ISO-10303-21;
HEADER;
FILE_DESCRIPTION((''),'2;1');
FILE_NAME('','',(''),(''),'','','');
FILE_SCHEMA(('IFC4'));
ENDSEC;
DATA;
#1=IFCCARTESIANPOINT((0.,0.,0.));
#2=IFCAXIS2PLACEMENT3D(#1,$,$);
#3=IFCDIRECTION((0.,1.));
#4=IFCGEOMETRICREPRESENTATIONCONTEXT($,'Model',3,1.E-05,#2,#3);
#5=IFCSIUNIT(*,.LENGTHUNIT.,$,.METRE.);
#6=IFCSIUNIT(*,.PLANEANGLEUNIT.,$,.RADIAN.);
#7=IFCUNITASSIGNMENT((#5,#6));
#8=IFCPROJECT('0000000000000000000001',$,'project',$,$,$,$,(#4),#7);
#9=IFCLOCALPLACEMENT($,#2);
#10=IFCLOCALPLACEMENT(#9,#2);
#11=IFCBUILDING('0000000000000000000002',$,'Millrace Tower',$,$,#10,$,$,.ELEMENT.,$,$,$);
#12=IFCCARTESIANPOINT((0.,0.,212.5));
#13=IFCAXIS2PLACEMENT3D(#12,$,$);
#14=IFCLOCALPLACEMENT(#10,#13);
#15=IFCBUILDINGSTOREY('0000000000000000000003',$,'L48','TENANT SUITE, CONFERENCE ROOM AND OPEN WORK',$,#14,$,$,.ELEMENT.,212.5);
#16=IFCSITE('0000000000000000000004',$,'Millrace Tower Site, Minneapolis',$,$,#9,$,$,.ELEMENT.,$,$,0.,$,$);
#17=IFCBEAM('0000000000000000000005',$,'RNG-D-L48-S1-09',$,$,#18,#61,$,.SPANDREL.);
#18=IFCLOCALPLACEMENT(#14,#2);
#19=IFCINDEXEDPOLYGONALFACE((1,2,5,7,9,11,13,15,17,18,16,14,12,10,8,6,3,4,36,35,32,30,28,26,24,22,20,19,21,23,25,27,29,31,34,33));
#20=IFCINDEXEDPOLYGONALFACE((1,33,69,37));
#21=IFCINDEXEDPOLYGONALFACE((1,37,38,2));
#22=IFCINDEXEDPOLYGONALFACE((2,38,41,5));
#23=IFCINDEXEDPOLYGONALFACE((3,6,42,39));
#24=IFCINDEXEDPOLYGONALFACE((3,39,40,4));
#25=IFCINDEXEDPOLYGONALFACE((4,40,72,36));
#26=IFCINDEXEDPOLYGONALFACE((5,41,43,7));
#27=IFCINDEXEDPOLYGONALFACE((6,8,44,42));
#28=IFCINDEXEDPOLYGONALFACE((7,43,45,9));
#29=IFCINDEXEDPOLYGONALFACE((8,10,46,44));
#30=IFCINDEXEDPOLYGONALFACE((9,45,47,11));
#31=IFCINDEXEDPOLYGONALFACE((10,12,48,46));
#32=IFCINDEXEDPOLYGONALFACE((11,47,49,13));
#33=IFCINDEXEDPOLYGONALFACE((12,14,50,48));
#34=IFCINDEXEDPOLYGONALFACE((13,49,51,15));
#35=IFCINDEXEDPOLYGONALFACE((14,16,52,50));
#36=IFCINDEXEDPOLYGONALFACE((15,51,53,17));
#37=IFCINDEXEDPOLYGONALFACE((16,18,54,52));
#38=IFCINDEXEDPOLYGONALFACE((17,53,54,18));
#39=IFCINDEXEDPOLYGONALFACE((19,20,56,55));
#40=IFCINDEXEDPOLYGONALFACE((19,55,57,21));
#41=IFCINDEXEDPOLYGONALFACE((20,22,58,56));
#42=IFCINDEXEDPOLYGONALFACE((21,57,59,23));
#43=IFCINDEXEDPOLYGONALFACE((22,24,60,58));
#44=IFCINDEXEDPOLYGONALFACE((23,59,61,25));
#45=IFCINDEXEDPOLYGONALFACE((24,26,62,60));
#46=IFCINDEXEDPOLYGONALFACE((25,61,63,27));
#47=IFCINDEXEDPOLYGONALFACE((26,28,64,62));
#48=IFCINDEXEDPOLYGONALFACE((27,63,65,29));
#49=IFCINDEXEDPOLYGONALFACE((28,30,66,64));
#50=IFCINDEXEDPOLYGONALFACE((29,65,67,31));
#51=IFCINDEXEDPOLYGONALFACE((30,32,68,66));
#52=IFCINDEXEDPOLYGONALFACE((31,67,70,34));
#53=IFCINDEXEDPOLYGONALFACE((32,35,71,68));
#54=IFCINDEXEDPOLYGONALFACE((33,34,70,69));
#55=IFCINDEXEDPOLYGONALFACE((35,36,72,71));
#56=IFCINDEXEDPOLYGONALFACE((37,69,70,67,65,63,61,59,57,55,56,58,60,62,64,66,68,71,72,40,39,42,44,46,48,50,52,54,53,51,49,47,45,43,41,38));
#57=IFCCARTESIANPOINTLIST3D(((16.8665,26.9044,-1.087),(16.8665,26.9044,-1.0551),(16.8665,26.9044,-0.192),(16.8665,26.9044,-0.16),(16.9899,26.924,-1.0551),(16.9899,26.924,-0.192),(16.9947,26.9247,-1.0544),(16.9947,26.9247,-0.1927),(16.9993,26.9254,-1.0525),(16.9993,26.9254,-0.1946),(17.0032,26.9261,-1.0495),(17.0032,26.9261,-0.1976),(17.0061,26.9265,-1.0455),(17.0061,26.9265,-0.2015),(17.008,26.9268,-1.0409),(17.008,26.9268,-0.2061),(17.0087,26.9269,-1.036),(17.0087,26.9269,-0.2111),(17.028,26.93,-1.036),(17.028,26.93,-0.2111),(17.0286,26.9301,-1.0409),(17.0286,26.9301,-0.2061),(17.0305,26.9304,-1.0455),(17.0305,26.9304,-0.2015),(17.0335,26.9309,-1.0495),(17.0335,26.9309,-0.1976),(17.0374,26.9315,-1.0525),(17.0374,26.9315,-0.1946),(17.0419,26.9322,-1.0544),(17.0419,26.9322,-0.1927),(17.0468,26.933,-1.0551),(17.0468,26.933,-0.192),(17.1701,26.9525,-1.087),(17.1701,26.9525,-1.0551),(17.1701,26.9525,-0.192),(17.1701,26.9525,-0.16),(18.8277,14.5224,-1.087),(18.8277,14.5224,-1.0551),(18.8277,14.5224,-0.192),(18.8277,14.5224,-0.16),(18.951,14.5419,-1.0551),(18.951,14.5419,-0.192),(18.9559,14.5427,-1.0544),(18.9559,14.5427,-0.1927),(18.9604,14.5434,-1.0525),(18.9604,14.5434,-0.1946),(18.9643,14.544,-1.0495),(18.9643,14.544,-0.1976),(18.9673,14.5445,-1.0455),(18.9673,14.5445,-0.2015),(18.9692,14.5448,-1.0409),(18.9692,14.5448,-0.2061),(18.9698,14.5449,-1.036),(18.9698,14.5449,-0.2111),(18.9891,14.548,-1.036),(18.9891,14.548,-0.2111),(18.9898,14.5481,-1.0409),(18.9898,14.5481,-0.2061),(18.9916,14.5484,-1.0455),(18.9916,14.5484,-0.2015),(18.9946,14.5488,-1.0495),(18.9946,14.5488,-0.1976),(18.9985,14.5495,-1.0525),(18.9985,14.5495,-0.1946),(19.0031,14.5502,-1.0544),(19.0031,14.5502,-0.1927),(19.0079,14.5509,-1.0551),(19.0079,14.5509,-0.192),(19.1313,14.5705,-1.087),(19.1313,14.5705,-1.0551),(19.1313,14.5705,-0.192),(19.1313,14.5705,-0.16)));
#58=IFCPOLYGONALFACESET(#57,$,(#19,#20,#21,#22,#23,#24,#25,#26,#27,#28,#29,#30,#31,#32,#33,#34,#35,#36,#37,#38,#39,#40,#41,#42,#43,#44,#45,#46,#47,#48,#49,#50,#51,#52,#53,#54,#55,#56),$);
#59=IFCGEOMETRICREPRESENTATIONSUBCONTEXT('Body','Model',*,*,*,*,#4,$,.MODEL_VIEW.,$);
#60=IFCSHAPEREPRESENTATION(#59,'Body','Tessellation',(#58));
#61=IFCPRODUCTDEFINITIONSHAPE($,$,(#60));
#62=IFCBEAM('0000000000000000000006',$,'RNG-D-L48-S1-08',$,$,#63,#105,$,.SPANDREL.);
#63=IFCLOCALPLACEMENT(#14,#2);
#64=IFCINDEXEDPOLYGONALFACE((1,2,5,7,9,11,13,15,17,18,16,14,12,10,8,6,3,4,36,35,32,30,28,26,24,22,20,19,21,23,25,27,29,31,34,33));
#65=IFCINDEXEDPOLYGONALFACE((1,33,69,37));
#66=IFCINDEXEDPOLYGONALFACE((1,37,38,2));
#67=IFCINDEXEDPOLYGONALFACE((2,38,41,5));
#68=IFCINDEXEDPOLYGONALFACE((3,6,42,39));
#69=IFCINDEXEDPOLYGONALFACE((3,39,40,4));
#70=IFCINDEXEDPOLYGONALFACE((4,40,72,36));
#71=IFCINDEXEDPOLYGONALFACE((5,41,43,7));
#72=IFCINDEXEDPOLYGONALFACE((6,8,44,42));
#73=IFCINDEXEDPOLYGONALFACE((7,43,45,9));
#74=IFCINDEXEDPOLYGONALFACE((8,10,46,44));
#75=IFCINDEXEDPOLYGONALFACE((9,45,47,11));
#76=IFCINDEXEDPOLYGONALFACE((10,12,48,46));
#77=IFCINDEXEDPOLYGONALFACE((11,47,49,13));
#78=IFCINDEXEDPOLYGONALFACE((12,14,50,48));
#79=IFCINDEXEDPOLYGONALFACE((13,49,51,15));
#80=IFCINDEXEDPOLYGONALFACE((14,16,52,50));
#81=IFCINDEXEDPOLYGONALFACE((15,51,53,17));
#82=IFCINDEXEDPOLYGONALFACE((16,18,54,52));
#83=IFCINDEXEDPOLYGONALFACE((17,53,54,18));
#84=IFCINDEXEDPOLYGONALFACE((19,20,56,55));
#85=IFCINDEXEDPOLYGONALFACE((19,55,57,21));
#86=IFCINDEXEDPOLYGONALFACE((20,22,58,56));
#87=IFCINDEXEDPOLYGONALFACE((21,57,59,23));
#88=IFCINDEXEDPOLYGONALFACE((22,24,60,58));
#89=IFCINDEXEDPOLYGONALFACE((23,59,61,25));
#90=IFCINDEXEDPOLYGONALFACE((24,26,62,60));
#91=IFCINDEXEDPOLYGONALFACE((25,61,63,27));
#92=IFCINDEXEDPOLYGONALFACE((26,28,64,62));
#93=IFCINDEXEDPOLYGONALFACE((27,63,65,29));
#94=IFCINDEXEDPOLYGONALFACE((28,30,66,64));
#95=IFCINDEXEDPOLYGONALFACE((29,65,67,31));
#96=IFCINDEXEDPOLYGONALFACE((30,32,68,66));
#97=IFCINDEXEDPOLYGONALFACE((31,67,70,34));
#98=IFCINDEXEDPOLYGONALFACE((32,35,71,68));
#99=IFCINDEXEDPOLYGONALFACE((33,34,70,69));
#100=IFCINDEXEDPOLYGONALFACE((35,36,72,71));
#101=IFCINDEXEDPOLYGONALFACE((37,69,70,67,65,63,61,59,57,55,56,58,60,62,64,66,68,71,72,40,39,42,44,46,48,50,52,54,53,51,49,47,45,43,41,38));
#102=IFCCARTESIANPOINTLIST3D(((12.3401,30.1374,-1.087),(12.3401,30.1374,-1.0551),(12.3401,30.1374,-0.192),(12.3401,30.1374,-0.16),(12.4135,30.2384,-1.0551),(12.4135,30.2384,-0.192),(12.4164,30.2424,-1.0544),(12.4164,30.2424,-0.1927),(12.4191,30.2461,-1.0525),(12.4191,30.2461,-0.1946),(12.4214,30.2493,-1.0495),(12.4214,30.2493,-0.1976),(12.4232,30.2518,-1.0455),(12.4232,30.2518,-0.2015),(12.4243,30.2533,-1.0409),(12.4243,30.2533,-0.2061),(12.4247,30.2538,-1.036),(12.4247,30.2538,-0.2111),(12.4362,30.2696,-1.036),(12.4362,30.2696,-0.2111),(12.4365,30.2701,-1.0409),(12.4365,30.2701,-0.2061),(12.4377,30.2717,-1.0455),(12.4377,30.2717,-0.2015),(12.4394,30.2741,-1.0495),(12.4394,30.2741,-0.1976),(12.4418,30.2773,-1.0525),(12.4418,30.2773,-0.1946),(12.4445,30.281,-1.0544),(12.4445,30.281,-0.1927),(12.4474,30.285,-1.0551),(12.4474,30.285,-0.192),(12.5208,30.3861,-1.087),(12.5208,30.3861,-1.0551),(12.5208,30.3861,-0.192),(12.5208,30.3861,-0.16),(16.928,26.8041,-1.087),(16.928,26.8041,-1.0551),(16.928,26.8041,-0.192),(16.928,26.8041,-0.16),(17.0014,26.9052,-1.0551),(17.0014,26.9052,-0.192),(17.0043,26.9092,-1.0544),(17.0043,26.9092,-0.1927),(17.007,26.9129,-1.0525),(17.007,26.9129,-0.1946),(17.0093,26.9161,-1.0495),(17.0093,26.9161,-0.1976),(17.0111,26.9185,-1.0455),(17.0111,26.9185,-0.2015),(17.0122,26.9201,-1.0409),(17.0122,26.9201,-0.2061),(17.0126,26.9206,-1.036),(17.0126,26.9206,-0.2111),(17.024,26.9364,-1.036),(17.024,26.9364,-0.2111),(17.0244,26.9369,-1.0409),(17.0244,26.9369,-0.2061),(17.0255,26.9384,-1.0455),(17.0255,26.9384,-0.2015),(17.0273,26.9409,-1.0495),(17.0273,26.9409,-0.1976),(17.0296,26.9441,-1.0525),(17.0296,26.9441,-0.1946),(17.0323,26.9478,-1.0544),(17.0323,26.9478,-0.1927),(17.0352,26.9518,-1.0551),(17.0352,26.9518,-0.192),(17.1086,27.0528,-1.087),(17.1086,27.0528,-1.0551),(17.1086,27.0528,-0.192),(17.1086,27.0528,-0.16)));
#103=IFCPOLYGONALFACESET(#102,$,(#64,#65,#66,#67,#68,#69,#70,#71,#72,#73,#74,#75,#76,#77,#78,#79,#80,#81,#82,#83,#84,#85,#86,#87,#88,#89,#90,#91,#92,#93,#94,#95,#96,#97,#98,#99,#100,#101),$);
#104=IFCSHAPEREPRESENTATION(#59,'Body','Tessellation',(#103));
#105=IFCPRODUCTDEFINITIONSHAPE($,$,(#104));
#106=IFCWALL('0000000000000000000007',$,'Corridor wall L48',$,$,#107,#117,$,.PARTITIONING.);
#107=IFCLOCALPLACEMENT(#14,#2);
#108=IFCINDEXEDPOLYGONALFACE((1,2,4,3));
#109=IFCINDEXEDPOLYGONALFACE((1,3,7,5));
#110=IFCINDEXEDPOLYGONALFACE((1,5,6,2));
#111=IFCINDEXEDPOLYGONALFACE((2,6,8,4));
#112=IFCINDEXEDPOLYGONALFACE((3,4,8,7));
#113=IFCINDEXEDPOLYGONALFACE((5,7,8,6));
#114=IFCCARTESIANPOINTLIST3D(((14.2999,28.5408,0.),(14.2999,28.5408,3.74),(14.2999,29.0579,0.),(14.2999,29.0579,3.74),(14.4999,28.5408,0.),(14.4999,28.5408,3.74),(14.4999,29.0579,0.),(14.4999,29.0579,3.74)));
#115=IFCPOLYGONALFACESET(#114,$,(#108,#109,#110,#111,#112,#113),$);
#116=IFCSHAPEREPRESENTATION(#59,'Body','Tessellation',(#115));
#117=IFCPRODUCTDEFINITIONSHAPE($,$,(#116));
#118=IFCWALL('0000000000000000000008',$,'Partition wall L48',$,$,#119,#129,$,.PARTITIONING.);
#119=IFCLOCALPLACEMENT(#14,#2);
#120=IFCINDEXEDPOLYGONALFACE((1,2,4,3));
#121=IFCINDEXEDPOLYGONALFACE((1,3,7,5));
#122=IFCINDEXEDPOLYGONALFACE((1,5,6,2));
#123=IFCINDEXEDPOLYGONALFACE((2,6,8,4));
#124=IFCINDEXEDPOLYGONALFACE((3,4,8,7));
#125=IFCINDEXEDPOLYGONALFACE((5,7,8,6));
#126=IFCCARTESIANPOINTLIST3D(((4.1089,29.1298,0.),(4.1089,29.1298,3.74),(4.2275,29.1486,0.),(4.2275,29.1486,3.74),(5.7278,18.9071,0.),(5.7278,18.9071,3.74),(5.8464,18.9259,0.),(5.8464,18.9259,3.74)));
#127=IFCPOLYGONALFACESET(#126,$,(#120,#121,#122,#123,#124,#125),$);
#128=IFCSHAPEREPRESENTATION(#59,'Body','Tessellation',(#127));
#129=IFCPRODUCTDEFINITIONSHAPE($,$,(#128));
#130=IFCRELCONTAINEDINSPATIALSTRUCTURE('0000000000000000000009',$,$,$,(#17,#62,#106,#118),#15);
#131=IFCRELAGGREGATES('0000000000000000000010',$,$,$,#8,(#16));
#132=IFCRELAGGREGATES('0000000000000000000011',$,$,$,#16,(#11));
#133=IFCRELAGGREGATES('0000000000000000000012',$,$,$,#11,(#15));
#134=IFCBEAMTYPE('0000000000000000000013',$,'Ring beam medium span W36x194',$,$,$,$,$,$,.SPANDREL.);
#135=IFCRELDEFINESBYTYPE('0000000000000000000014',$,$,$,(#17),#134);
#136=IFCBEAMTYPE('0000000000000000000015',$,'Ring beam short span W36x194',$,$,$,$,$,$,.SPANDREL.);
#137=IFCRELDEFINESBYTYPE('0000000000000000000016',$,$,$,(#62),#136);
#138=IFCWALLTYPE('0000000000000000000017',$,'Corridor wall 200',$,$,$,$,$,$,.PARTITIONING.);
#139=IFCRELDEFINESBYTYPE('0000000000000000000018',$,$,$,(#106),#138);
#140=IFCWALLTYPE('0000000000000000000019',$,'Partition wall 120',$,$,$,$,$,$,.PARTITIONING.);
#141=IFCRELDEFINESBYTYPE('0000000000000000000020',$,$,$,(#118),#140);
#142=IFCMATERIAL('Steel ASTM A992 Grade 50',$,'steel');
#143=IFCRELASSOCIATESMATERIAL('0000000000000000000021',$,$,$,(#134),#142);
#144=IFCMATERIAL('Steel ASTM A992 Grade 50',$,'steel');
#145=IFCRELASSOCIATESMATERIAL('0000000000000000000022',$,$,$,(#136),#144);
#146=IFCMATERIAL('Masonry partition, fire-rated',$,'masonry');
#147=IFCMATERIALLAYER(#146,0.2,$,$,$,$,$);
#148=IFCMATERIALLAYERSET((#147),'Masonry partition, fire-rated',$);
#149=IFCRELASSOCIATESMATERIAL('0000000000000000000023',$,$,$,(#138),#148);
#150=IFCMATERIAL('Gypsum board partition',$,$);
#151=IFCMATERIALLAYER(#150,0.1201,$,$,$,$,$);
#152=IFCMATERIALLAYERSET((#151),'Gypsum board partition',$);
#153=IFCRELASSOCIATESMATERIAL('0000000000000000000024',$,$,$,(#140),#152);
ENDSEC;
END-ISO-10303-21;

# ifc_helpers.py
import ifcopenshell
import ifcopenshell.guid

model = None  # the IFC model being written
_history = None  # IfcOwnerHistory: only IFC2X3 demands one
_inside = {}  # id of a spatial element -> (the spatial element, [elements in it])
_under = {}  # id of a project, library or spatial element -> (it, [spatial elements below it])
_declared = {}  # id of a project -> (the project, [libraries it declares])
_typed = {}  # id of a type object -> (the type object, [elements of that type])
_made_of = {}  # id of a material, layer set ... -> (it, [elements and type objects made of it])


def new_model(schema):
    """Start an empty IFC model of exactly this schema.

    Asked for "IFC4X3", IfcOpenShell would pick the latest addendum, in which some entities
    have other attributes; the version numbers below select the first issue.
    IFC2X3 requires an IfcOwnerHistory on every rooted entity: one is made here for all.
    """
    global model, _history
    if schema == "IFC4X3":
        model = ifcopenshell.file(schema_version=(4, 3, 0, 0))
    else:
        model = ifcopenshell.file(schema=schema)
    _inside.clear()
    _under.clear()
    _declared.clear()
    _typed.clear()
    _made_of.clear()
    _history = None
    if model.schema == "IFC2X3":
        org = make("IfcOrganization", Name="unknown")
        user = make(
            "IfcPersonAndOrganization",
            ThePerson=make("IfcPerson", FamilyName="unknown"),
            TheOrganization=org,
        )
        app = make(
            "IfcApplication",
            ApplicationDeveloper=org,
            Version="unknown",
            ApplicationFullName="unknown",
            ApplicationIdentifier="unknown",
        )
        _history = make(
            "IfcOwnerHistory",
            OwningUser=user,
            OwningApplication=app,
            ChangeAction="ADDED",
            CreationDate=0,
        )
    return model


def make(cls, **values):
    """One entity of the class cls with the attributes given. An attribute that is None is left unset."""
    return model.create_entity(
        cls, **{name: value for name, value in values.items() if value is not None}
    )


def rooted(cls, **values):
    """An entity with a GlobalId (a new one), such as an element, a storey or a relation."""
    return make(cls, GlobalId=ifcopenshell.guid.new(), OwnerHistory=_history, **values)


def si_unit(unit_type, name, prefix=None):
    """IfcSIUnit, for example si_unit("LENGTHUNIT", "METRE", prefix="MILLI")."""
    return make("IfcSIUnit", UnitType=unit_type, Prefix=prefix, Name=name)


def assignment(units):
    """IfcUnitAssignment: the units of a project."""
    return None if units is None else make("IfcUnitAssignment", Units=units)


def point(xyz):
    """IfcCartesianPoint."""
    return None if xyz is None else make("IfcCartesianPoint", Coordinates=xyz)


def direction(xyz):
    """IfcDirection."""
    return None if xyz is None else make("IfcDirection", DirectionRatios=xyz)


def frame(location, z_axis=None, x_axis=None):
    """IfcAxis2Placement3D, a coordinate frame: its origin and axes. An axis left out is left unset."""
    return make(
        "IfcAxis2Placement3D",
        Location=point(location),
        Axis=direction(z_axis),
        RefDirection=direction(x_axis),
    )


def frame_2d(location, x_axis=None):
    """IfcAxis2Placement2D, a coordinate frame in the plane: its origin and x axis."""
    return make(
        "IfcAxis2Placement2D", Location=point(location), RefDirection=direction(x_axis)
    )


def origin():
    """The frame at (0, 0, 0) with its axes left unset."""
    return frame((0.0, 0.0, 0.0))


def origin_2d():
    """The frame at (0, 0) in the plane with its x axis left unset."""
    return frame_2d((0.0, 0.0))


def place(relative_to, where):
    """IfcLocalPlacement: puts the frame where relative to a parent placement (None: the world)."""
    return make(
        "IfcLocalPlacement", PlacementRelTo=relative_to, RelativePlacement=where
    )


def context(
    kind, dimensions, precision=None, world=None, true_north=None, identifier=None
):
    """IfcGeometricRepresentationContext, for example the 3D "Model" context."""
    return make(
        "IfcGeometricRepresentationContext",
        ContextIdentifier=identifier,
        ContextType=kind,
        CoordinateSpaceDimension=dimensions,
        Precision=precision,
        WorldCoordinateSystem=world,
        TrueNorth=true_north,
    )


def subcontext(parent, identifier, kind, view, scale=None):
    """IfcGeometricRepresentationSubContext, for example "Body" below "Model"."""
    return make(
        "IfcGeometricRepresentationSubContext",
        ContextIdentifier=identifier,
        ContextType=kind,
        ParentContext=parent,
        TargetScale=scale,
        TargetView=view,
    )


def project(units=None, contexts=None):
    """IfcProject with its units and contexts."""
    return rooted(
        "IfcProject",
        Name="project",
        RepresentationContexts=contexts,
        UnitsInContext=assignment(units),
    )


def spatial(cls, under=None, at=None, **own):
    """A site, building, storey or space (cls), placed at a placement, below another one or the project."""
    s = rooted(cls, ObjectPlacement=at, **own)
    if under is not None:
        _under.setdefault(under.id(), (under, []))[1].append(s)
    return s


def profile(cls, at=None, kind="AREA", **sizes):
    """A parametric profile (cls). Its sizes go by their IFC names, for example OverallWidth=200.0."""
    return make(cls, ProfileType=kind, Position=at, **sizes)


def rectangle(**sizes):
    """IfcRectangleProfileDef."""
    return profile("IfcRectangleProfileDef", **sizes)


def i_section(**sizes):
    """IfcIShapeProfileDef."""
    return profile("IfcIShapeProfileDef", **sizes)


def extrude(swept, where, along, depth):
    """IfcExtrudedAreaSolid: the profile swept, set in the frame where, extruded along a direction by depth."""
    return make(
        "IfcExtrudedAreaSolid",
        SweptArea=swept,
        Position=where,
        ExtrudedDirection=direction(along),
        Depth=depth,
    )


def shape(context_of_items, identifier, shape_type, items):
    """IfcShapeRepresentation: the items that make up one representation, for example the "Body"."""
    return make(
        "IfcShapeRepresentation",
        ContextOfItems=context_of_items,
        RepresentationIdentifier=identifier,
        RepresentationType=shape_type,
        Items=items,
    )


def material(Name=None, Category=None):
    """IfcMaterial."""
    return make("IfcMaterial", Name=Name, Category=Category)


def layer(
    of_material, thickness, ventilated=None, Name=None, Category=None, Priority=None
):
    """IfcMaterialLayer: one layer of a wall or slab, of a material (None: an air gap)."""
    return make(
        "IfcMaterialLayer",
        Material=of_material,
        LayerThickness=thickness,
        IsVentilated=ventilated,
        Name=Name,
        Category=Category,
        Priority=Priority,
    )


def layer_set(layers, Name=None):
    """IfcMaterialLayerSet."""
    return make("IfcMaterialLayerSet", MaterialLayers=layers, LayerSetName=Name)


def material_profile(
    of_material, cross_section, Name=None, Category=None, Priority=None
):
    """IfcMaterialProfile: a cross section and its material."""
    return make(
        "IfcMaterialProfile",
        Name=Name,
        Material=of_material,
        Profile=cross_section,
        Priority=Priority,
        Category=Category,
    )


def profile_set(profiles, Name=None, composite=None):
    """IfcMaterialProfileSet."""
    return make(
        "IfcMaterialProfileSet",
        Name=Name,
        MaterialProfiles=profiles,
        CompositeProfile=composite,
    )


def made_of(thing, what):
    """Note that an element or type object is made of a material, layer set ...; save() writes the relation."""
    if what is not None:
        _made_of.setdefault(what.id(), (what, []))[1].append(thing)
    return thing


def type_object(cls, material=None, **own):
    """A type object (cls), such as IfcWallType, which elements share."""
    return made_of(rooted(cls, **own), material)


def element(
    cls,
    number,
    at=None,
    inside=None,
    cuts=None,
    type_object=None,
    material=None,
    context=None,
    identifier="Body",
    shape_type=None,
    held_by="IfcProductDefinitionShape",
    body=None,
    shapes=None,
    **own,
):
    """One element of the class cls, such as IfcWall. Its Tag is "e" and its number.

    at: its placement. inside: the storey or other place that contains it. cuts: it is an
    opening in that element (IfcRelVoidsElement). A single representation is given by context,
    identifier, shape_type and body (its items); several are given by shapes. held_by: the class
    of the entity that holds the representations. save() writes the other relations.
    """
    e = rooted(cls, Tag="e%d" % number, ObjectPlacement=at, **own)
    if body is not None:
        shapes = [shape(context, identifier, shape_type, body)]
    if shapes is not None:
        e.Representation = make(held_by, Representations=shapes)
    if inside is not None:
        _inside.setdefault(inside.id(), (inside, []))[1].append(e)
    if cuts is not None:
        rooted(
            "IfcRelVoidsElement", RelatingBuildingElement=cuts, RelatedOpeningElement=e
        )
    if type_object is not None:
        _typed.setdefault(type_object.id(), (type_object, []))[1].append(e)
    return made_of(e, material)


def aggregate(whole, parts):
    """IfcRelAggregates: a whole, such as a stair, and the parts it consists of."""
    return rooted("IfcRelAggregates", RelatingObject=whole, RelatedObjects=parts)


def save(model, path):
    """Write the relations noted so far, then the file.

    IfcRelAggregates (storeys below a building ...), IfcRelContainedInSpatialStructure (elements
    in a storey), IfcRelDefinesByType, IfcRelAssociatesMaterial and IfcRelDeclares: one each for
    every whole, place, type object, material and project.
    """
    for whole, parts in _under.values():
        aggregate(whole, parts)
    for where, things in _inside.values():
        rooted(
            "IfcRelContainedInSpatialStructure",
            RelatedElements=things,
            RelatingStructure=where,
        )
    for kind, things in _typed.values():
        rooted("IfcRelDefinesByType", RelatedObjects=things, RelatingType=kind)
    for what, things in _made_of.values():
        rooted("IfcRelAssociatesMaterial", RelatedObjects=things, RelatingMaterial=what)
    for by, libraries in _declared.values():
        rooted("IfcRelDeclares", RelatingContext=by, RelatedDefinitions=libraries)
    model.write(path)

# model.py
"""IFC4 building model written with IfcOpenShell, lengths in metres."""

from ifc_helpers import new_model, si_unit, direction, frame, frame_2d, origin, origin_2d, place, context, subcontext, project, spatial, rectangle, i_section, extrude, material, layer, layer_set, material_profile, profile_set, type_object, element, save


model = new_model("IFC4")

# Units and contexts
model_context = context("Model", 3, precision=1e-05, world=origin(), true_north=direction((0.0, 1.0)))
body_context = subcontext(model_context, "Body", "Model", "MODEL_VIEW")
ifc_project = project(units=[si_unit("LENGTHUNIT", "METRE"), si_unit("PLANEANGLEUNIT", "RADIAN")], contexts=[model_context])

# Site, building, storey
site_placement = place(None, origin())
site = spatial("IfcSite", under=ifc_project, at=site_placement, Name="Millrace Tower Site, Minneapolis", CompositionType="ELEMENT", RefElevation=0.0)
building_placement = place(site_placement, origin())
building = spatial("IfcBuilding", under=site, at=building_placement, Name="Millrace Tower", CompositionType="ELEMENT")
storey_placement = place(building_placement, frame((0.0, 0.0, 212.5)))
storey = spatial("IfcBuildingStorey", under=building, at=storey_placement, Name="L48", Description="TENANT SUITE, CONFERENCE ROOM AND OPEN WORK", CompositionType="ELEMENT", Elevation=212.5)

# Beams
ifc_material_1 = material(Name="Steel ASTM A992 Grade 50", Category="steel")
ifc_material_profile_1 = material_profile(ifc_material_1, i_section(OverallWidth=0.3074, OverallDepth=0.927, WebThickness=0.0195, FlangeThickness=0.032, FilletRadius=0.019, at=origin_2d()))
ifc_profile_set_1 = profile_set([ifc_material_profile_1], Name="Steel ASTM A992 Grade 50")
beam_type_1 = type_object("IfcBeamType", Name="Ring beam medium span W36x194", PredefinedType="SPANDREL", material=ifc_profile_set_1)
beam_1_placement = place(storey_placement, frame((17.0183, 26.9285, -0.6235), z_axis=(0.156439, -0.987688, 0.0), x_axis=(0.987688, 0.156439, 0.0)))
element("IfcBeam", 1, at=beam_1_placement, inside=storey, type_object=beam_type_1, Name="RNG-D-L48-S1-09", PredefinedType="SPANDREL", context=body_context, shape_type="SweptSolid", body=[
    extrude(i_section(OverallWidth=0.3074, OverallDepth=0.927, WebThickness=0.0195, FlangeThickness=0.032, FilletRadius=0.019, at=origin_2d()), origin(), (0.0, 0.0, 1.0), 12.5364),
])
ifc_material_2 = material(Name="Steel ASTM A992 Grade 50", Category="steel")
ifc_material_profile_2 = material_profile(ifc_material_2, i_section(OverallWidth=0.3074, OverallDepth=0.927, WebThickness=0.0195, FlangeThickness=0.032, FilletRadius=0.019, at=origin_2d()))
ifc_profile_set_2 = profile_set([ifc_material_profile_2], Name="Steel ASTM A992 Grade 50")
beam_type_2 = type_object("IfcBeamType", Name="Ring beam short span W36x194", PredefinedType="SPANDREL", material=ifc_profile_set_2)
beam_2_placement = place(storey_placement, frame((12.4304, 30.2617, -0.6235), z_axis=(0.809021, -0.58778, 0.0), x_axis=(0.58778, 0.809021, 0.0)))
element("IfcBeam", 2, at=beam_2_placement, inside=storey, type_object=beam_type_2, Name="RNG-D-L48-S1-08", PredefinedType="SPANDREL", context=body_context, shape_type="SweptSolid", body=[
    extrude(i_section(OverallWidth=0.3074, OverallDepth=0.927, WebThickness=0.0195, FlangeThickness=0.032, FilletRadius=0.019, at=origin_2d()), origin(), (0.0, 0.0, 1.0), 5.6709),
])

# Walls
ifc_material_3 = material(Name="Masonry partition, fire-rated", Category="masonry")
ifc_layer_1 = layer(ifc_material_3, 0.2)
ifc_layer_set_1 = layer_set([ifc_layer_1], Name="Masonry partition, fire-rated")
wall_type_1 = type_object("IfcWallType", Name="Corridor wall 200", PredefinedType="PARTITIONING", material=ifc_layer_set_1)
wall_1_placement = place(storey_placement, frame((14.3999, 28.5408, 0.0), z_axis=(0.0, 0.0, 1.0), x_axis=(0.0, 1.0, 0.0)))
element("IfcWall", 3, at=wall_1_placement, inside=storey, type_object=wall_type_1, Name="Corridor wall L48", PredefinedType="PARTITIONING", context=body_context, shape_type="SweptSolid", body=[
    extrude(rectangle(XDim=0.5171, YDim=0.2, at=frame_2d((0.2585, 0.0))), origin(), (0.0, 0.0, 1.0), 3.74),
])
ifc_material_4 = material(Name="Gypsum board partition")
ifc_layer_2 = layer(ifc_material_4, 0.1201)
ifc_layer_set_2 = layer_set([ifc_layer_2], Name="Gypsum board partition")
wall_type_2 = type_object("IfcWallType", Name="Partition wall 120", PredefinedType="PARTITIONING", material=ifc_layer_set_2)
wall_2_placement = place(storey_placement, frame((4.1682, 29.1392, 0.0), z_axis=(0.0, 0.0, 1.0), x_axis=(0.156414, -0.987692, 0.0)))
element("IfcWall", 4, at=wall_2_placement, inside=storey, type_object=wall_type_2, Name="Partition wall L48", PredefinedType="PARTITIONING", context=body_context, shape_type="SweptSolid", body=[
    extrude(rectangle(XDim=10.3501, YDim=0.1201, at=frame_2d((5.175, 0.0))), origin(), (0.0, 0.0, 1.0), 3.74),
])

save(model, "model.ifc")
